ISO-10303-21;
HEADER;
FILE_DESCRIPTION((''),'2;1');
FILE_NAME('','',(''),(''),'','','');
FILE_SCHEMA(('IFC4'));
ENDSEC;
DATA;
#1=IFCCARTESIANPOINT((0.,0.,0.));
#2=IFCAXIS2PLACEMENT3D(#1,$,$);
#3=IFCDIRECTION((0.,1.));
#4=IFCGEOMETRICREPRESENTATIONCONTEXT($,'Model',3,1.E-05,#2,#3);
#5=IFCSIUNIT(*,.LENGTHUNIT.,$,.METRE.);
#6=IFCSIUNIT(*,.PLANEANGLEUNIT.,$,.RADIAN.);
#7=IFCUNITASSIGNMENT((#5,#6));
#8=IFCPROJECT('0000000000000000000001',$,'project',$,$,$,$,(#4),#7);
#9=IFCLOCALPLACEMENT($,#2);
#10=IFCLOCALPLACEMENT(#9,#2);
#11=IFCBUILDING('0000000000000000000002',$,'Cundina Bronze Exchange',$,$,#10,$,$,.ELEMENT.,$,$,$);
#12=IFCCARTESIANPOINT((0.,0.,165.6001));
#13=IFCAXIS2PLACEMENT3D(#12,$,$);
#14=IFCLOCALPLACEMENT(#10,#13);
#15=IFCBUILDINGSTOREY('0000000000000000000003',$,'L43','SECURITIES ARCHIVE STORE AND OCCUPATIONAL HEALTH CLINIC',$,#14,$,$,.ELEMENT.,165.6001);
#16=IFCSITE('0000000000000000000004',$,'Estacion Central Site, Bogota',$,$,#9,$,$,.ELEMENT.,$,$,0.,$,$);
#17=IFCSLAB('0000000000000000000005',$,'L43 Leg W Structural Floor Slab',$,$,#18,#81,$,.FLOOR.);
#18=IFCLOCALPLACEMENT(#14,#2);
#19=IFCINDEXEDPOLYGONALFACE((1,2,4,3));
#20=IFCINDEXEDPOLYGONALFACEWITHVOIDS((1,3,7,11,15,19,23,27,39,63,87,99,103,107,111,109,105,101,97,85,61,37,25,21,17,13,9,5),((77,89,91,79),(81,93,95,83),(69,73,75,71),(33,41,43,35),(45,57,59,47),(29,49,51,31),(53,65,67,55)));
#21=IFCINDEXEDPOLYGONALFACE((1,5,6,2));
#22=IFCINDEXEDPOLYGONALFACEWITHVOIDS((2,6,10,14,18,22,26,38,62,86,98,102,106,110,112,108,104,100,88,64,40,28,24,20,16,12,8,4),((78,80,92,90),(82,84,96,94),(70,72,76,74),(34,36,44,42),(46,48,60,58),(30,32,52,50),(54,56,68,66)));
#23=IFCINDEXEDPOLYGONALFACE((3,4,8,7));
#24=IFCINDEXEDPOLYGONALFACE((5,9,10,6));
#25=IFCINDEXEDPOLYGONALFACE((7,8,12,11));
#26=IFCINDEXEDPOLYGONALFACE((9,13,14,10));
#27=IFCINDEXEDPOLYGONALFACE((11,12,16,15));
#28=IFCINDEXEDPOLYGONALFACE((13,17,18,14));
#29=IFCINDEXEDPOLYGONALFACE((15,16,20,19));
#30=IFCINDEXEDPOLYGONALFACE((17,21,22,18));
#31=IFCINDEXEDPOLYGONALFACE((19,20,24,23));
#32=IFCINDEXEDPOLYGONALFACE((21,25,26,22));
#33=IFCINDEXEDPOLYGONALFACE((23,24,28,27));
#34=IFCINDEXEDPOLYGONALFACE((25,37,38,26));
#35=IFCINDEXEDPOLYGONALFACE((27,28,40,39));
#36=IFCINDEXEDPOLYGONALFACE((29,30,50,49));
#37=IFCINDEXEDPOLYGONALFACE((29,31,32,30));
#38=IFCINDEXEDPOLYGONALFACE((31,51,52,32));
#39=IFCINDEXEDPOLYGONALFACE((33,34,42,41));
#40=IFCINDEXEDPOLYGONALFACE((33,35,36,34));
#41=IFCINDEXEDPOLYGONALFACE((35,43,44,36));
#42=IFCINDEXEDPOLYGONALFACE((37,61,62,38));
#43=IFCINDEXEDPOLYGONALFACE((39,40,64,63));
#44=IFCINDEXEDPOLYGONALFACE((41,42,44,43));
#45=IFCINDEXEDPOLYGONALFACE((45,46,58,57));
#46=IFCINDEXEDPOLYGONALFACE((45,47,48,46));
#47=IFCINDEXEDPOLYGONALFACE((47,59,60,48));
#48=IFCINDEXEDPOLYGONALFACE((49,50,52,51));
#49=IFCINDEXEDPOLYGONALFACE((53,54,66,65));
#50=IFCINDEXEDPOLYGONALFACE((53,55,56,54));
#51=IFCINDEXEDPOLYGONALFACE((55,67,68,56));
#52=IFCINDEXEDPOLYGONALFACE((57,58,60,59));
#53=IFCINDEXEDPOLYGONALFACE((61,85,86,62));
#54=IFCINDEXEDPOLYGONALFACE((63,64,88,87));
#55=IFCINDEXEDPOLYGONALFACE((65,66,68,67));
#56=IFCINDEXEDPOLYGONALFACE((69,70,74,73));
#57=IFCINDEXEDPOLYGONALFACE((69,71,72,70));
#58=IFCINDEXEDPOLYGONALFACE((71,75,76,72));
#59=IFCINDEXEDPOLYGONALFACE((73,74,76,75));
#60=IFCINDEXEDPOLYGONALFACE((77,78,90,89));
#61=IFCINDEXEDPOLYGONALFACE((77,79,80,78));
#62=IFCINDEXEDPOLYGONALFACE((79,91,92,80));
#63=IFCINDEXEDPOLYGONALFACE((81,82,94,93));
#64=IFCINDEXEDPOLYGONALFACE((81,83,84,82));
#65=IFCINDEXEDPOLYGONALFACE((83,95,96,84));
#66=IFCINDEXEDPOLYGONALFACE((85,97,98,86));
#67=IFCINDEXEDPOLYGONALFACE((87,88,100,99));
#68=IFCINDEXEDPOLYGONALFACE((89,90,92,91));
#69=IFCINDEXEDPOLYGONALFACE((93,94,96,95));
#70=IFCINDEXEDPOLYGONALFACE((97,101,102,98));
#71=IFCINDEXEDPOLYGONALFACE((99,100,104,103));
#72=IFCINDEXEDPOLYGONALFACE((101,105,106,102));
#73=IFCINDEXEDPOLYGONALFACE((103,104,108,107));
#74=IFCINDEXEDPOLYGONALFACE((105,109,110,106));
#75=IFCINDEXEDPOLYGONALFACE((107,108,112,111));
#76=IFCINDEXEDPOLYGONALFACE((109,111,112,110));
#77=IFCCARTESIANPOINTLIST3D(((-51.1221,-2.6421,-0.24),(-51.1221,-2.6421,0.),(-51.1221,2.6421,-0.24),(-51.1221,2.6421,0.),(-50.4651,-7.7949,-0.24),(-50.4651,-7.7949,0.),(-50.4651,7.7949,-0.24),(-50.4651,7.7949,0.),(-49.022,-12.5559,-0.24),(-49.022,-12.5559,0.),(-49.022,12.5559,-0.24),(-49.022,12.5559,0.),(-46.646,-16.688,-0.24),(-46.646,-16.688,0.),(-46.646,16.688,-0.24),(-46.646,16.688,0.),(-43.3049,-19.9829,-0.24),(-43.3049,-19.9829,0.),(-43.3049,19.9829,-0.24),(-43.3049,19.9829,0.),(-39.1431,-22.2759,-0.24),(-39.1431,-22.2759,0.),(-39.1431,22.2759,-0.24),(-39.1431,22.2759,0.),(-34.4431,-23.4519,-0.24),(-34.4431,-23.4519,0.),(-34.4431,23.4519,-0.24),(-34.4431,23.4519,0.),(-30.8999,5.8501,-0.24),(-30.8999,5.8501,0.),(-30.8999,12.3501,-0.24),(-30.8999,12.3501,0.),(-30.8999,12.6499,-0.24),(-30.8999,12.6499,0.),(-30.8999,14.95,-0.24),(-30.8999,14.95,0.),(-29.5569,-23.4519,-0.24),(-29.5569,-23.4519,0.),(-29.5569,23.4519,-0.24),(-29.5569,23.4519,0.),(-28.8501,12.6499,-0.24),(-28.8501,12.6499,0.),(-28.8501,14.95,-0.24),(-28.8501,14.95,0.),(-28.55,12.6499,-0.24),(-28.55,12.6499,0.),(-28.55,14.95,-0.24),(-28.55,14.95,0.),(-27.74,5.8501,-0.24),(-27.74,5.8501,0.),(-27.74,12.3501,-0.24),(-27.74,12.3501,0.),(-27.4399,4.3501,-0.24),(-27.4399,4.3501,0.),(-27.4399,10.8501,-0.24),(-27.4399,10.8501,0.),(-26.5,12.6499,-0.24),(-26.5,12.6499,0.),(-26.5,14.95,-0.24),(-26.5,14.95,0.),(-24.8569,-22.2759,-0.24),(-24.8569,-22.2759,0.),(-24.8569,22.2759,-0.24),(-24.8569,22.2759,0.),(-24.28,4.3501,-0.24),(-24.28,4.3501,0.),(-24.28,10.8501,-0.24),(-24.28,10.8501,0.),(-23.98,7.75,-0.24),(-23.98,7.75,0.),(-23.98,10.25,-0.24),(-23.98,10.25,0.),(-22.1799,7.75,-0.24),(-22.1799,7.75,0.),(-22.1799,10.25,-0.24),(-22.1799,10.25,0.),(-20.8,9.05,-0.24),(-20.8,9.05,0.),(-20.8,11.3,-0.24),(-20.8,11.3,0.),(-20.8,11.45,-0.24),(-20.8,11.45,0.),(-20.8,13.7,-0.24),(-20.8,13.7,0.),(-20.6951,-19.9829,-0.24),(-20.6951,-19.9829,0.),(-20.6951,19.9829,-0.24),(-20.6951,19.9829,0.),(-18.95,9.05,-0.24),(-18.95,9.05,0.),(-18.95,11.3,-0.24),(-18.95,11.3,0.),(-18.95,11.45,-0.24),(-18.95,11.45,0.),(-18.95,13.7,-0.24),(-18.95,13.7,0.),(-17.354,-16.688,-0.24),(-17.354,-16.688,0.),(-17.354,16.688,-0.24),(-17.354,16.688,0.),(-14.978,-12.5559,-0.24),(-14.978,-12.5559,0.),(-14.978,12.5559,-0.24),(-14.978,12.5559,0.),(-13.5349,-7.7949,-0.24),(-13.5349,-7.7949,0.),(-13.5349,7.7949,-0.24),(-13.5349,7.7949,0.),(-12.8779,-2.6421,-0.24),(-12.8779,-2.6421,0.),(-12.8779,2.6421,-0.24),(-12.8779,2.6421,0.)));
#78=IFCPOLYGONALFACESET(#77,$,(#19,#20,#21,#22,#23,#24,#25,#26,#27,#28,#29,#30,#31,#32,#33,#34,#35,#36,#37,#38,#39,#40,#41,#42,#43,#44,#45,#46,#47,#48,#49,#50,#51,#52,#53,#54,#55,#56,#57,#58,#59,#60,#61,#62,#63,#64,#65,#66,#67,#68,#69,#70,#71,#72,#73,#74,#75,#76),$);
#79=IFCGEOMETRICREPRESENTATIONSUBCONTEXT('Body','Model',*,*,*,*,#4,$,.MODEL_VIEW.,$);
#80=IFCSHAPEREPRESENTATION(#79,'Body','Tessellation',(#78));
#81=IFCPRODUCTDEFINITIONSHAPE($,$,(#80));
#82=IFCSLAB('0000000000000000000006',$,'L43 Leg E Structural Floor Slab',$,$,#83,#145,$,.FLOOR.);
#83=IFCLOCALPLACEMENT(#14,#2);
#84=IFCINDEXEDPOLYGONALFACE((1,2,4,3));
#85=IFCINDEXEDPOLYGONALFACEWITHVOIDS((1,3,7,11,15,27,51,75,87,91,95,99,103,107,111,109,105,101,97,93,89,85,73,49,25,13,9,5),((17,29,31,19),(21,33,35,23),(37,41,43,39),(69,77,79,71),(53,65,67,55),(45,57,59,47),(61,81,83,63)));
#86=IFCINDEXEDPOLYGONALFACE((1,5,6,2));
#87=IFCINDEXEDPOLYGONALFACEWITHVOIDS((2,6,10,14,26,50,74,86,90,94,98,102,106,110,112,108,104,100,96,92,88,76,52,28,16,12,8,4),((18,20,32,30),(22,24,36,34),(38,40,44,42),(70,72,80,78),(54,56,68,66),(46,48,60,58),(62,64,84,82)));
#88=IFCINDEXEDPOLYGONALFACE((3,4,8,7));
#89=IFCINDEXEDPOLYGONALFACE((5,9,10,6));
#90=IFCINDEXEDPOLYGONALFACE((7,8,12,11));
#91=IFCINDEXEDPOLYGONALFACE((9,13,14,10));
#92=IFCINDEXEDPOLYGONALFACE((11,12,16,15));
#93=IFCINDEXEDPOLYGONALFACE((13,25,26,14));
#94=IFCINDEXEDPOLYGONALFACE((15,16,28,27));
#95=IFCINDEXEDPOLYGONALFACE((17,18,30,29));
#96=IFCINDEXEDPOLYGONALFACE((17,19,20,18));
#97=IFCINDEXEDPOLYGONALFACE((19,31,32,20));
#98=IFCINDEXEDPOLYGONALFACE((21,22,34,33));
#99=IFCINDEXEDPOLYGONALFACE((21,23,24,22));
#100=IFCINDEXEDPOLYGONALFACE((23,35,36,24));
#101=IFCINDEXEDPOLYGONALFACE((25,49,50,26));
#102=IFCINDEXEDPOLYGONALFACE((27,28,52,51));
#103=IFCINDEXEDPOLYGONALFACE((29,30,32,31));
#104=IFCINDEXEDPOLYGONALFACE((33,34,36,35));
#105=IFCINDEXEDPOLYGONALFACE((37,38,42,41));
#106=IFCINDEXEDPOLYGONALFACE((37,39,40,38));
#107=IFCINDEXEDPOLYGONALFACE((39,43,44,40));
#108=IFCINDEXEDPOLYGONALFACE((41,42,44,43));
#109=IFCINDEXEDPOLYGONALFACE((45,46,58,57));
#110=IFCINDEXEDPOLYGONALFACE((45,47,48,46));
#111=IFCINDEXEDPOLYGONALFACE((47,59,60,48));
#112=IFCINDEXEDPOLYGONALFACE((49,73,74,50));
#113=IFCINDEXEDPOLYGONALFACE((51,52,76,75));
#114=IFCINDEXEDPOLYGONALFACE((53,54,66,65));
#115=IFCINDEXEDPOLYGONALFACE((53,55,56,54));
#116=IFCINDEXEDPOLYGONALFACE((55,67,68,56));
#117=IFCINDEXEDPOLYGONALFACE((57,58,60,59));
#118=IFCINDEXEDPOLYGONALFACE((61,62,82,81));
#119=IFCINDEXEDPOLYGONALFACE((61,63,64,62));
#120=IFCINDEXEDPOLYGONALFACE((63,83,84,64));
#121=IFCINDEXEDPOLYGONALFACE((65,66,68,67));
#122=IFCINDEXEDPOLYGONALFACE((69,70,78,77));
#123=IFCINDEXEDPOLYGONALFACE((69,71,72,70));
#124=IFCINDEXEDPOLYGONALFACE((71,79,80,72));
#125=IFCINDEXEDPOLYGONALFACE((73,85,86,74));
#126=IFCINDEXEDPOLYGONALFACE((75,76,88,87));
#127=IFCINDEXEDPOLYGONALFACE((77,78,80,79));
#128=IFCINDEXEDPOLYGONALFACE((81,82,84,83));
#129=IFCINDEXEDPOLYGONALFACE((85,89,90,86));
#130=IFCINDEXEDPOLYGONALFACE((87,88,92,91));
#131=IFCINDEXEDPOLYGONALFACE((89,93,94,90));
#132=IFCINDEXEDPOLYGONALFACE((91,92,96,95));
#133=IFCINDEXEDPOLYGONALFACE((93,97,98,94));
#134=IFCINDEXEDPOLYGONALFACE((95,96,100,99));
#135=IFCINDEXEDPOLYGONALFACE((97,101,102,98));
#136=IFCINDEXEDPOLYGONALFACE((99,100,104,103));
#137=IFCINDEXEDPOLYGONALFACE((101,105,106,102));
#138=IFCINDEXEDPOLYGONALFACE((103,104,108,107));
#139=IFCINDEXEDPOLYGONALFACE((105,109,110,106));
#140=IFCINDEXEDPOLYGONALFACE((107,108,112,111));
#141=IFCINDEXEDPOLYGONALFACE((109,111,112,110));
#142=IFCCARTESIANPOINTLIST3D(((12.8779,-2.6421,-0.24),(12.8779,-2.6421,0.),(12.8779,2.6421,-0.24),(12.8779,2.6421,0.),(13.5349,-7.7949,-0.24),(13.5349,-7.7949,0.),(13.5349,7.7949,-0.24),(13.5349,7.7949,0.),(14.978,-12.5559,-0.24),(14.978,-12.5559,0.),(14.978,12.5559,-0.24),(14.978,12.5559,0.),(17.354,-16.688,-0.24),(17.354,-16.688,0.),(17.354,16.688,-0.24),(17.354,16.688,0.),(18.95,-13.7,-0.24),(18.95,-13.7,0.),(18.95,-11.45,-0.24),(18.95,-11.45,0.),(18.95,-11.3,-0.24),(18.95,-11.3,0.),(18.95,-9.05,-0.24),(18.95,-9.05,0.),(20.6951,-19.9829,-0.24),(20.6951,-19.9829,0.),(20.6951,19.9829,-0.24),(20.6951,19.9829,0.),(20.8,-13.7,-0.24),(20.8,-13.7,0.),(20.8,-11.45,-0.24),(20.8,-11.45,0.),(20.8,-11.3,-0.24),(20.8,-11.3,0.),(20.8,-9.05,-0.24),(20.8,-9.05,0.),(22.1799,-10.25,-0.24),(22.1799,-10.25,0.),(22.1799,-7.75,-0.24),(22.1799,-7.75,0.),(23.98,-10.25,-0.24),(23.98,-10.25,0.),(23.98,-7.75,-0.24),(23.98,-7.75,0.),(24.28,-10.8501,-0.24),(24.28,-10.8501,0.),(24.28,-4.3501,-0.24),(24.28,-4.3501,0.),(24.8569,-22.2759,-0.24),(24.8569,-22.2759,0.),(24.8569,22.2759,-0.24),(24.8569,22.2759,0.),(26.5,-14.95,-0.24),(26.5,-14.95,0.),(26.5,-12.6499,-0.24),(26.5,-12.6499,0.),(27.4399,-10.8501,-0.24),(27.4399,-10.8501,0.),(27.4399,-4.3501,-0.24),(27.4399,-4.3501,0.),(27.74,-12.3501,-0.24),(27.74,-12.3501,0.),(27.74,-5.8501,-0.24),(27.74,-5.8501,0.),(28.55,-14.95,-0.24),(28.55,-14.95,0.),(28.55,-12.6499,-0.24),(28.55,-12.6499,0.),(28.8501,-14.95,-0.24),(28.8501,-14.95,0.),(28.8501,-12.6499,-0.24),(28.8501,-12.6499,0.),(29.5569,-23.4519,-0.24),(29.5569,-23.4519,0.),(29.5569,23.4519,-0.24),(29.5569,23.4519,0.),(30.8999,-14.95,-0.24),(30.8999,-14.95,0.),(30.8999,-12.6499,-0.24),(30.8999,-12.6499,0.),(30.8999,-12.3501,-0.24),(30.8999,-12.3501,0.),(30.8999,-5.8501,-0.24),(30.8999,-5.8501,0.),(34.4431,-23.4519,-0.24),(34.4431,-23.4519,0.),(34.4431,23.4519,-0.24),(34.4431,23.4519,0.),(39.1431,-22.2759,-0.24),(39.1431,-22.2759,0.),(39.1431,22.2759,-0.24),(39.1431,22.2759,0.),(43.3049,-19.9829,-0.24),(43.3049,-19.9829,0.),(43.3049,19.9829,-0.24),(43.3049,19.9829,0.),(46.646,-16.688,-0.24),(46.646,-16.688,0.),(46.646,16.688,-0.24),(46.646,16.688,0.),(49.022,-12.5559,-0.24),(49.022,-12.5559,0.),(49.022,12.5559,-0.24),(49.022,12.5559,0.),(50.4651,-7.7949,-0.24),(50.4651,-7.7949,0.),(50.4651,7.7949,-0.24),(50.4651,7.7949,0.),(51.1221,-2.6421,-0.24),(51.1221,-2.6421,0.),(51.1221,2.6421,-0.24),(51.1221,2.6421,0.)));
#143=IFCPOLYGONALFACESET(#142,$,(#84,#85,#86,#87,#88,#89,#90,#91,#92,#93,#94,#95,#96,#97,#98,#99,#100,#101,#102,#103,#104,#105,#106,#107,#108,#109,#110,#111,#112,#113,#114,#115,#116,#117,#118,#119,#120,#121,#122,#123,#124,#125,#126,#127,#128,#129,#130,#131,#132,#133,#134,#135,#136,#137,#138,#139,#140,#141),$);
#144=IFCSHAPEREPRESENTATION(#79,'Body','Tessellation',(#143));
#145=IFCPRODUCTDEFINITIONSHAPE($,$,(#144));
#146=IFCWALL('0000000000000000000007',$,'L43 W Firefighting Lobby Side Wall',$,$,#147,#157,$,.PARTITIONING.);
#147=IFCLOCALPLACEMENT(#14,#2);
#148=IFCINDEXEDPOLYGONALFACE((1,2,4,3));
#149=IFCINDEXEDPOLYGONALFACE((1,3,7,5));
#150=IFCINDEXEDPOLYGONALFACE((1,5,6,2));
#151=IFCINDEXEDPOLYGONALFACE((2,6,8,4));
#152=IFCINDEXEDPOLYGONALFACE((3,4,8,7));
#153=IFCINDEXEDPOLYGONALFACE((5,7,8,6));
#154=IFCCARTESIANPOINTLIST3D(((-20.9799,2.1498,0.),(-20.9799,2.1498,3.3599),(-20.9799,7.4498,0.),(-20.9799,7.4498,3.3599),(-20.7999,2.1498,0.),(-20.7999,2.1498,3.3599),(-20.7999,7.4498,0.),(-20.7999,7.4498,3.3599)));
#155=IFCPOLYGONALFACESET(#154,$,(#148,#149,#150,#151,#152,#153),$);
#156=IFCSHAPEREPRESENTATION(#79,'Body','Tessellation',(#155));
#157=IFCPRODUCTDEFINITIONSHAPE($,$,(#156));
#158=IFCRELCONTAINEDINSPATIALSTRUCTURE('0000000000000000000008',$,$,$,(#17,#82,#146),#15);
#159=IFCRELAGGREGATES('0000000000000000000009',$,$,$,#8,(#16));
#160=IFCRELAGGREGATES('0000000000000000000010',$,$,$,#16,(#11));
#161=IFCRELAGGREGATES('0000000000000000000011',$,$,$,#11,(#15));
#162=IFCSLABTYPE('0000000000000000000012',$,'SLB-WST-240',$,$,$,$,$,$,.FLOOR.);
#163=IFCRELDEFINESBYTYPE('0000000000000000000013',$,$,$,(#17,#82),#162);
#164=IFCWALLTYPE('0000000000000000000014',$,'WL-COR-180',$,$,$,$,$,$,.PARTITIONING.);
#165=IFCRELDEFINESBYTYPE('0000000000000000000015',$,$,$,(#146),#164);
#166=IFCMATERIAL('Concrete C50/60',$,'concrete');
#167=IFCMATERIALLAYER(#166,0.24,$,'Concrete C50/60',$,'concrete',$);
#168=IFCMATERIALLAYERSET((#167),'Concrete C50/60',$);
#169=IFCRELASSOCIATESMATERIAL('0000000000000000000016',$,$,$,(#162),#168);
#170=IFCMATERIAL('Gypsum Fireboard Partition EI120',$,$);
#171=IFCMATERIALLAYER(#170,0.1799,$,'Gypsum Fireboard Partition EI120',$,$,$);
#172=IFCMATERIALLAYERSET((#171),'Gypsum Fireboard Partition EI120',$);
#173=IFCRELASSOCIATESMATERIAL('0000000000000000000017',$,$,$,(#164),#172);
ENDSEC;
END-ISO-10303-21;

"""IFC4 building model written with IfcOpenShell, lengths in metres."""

from ifc_helpers import new_model, si_unit, direction, frame, frame_2d, origin, place, context, subcontext, project, spatial, polyline, rectangle, outline, extrude, material, layer, layer_set, type_object, element, save


model = new_model("IFC4")

# Units and contexts
model_context = context("Model", 3, precision=1e-05, world=origin(), true_north=direction((0.0, 1.0)))
body_context = subcontext(model_context, "Body", "Model", "MODEL_VIEW")
ifc_project = project(units=[si_unit("LENGTHUNIT", "METRE"), si_unit("PLANEANGLEUNIT", "RADIAN")], contexts=[model_context])

# Site, building, storey
site_placement = place(None, origin())
site = spatial("IfcSite", under=ifc_project, at=site_placement, Name="Estacion Central Site, Bogota", CompositionType="ELEMENT", RefElevation=0.0)
building_placement = place(site_placement, origin())
building = spatial("IfcBuilding", under=site, at=building_placement, Name="Cundina Bronze Exchange", CompositionType="ELEMENT")
storey_placement = place(building_placement, frame((0.0, 0.0, 165.6001)))
storey = spatial("IfcBuildingStorey", under=building, at=storey_placement, Name="L43", Description="SECURITIES ARCHIVE STORE AND OCCUPATIONAL HEALTH CLINIC", CompositionType="ELEMENT", Elevation=165.6001)

# Shared definitions
ifc_material_1 = material(Name="Concrete C50/60", Category="concrete")

# Slabs
ifc_layer_1 = layer(ifc_material_1, 0.24, Name="Concrete C50/60", Category="concrete")
ifc_layer_set_1 = layer_set([ifc_layer_1], Name="Concrete C50/60")
slab_type = type_object("IfcSlabType", Name="SLB-WST-240", PredefinedType="FLOOR", material=ifc_layer_set_1)
slab_1_placement = place(storey_placement, frame((0.0, 0.0, -0.24)))
element("IfcSlab", 1, at=slab_1_placement, inside=storey, type_object=slab_type, Name="L43 Leg W Structural Floor Slab", PredefinedType="FLOOR", context=body_context, shape_type="SweptSolid", body=[
    extrude(outline(polyline([(-12.8779, 2.6421), (-13.5349, 7.7949), (-14.978, 12.5559), (-17.354, 16.688), (-20.6951, 19.9829), (-24.8569, 22.2759), (-29.5569, 23.4519), (-34.4431, 23.4519), (-39.1431, 22.2759), (-43.3049, 19.9829), (-46.646, 16.688), (-49.022, 12.5559), (-50.4651, 7.7949), (-51.1221, 2.6421), (-51.1221, -2.6421), (-50.4651, -7.7949), (-49.022, -12.5559), (-46.646, -16.688), (-43.3049, -19.9829), (-39.1431, -22.2759), (-34.4431, -23.4519), (-29.5569, -23.4519), (-24.8569, -22.2759), (-20.6951, -19.9829), (-17.354, -16.688), (-14.978, -12.5559), (-13.5349, -7.7949), (-12.8779, -2.6421), (-12.8779, 2.6421)]), holes=[polyline([(-27.74, 5.8501), (-27.74, 12.3501), (-30.8999, 12.3501), (-30.8999, 5.8501), (-27.74, 5.8501)]), polyline([(-27.4399, 10.8501), (-27.4399, 4.3501), (-24.28, 4.3501), (-24.28, 10.8501), (-27.4399, 10.8501)]), polyline([(-23.98, 10.25), (-22.1799, 10.25), (-22.1799, 7.75), (-23.98, 7.75), (-23.98, 10.25)]), polyline([(-30.8999, 14.95), (-28.8501, 14.95), (-28.8501, 12.6499), (-30.8999, 12.6499), (-30.8999, 14.95)]), polyline([(-28.55, 14.95), (-26.5, 14.95), (-26.5, 12.6499), (-28.55, 12.6499), (-28.55, 14.95)]), polyline([(-20.8, 13.7), (-18.95, 13.7), (-18.95, 11.45), (-20.8, 11.45), (-20.8, 13.7)]), polyline([(-20.8, 11.3), (-18.95, 11.3), (-18.95, 9.05), (-20.8, 9.05), (-20.8, 11.3)])]), origin(), (0.0, 0.0, 1.0), 0.24),
])
slab_2_placement = place(storey_placement, frame((0.0, 0.0, -0.24)))
element("IfcSlab", 2, at=slab_2_placement, inside=storey, type_object=slab_type, Name="L43 Leg E Structural Floor Slab", PredefinedType="FLOOR", context=body_context, shape_type="SweptSolid", body=[
    extrude(outline(polyline([(51.1221, 2.6421), (50.4651, 7.7949), (49.022, 12.5559), (46.646, 16.688), (43.3049, 19.9829), (39.1431, 22.2759), (34.4431, 23.4519), (29.5569, 23.4519), (24.8569, 22.2759), (20.6951, 19.9829), (17.354, 16.688), (14.978, 12.5559), (13.5349, 7.7949), (12.8779, 2.6421), (12.8779, -2.6421), (13.5349, -7.7949), (14.978, -12.5559), (17.354, -16.688), (20.6951, -19.9829), (24.8569, -22.2759), (29.5569, -23.4519), (34.4431, -23.4519), (39.1431, -22.2759), (43.3049, -19.9829), (46.646, -16.688), (49.022, -12.5559), (50.4651, -7.7949), (51.1221, -2.6421), (51.1221, 2.6421)]), holes=[polyline([(27.74, -5.8501), (27.74, -12.3501), (30.8999, -12.3501), (30.8999, -5.8501), (27.74, -5.8501)]), polyline([(27.4399, -10.8501), (27.4399, -4.3501), (24.28, -4.3501), (24.28, -10.8501), (27.4399, -10.8501)]), polyline([(22.1799, -7.75), (23.98, -7.75), (23.98, -10.25), (22.1799, -10.25), (22.1799, -7.75)]), polyline([(28.8501, -12.6499), (30.8999, -12.6499), (30.8999, -14.95), (28.8501, -14.95), (28.8501, -12.6499)]), polyline([(26.5, -12.6499), (28.55, -12.6499), (28.55, -14.95), (26.5, -14.95), (26.5, -12.6499)]), polyline([(18.95, -11.45), (20.8, -11.45), (20.8, -13.7), (18.95, -13.7), (18.95, -11.45)]), polyline([(18.95, -9.05), (20.8, -9.05), (20.8, -11.3), (18.95, -11.3), (18.95, -9.05)])]), origin(), (0.0, 0.0, 1.0), 0.24),
])

# Wall
ifc_material_2 = material(Name="Gypsum Fireboard Partition EI120")
ifc_layer_2 = layer(ifc_material_2, 0.1799, Name="Gypsum Fireboard Partition EI120")
ifc_layer_set_2 = layer_set([ifc_layer_2], Name="Gypsum Fireboard Partition EI120")
wall_type_1 = type_object("IfcWallType", Name="WL-COR-180", PredefinedType="PARTITIONING", material=ifc_layer_set_2)
wall_1_placement = place(storey_placement, frame((-20.8899, 2.1499, 0.0), z_axis=(0.0, 0.0, 1.0), x_axis=(0.0, 1.0, 0.0)))
element("IfcWall", 3, at=wall_1_placement, inside=storey, type_object=wall_type_1, Name="L43 W Firefighting Lobby Side Wall", PredefinedType="PARTITIONING", context=body_context, shape_type="SweptSolid", body=[
    extrude(rectangle(XDim=5.3, YDim=0.1799, at=frame_2d((2.6499, 0.0))), origin(), (0.0, 0.0, 1.0), 3.3599),
])

save(model, "model.ifc")
